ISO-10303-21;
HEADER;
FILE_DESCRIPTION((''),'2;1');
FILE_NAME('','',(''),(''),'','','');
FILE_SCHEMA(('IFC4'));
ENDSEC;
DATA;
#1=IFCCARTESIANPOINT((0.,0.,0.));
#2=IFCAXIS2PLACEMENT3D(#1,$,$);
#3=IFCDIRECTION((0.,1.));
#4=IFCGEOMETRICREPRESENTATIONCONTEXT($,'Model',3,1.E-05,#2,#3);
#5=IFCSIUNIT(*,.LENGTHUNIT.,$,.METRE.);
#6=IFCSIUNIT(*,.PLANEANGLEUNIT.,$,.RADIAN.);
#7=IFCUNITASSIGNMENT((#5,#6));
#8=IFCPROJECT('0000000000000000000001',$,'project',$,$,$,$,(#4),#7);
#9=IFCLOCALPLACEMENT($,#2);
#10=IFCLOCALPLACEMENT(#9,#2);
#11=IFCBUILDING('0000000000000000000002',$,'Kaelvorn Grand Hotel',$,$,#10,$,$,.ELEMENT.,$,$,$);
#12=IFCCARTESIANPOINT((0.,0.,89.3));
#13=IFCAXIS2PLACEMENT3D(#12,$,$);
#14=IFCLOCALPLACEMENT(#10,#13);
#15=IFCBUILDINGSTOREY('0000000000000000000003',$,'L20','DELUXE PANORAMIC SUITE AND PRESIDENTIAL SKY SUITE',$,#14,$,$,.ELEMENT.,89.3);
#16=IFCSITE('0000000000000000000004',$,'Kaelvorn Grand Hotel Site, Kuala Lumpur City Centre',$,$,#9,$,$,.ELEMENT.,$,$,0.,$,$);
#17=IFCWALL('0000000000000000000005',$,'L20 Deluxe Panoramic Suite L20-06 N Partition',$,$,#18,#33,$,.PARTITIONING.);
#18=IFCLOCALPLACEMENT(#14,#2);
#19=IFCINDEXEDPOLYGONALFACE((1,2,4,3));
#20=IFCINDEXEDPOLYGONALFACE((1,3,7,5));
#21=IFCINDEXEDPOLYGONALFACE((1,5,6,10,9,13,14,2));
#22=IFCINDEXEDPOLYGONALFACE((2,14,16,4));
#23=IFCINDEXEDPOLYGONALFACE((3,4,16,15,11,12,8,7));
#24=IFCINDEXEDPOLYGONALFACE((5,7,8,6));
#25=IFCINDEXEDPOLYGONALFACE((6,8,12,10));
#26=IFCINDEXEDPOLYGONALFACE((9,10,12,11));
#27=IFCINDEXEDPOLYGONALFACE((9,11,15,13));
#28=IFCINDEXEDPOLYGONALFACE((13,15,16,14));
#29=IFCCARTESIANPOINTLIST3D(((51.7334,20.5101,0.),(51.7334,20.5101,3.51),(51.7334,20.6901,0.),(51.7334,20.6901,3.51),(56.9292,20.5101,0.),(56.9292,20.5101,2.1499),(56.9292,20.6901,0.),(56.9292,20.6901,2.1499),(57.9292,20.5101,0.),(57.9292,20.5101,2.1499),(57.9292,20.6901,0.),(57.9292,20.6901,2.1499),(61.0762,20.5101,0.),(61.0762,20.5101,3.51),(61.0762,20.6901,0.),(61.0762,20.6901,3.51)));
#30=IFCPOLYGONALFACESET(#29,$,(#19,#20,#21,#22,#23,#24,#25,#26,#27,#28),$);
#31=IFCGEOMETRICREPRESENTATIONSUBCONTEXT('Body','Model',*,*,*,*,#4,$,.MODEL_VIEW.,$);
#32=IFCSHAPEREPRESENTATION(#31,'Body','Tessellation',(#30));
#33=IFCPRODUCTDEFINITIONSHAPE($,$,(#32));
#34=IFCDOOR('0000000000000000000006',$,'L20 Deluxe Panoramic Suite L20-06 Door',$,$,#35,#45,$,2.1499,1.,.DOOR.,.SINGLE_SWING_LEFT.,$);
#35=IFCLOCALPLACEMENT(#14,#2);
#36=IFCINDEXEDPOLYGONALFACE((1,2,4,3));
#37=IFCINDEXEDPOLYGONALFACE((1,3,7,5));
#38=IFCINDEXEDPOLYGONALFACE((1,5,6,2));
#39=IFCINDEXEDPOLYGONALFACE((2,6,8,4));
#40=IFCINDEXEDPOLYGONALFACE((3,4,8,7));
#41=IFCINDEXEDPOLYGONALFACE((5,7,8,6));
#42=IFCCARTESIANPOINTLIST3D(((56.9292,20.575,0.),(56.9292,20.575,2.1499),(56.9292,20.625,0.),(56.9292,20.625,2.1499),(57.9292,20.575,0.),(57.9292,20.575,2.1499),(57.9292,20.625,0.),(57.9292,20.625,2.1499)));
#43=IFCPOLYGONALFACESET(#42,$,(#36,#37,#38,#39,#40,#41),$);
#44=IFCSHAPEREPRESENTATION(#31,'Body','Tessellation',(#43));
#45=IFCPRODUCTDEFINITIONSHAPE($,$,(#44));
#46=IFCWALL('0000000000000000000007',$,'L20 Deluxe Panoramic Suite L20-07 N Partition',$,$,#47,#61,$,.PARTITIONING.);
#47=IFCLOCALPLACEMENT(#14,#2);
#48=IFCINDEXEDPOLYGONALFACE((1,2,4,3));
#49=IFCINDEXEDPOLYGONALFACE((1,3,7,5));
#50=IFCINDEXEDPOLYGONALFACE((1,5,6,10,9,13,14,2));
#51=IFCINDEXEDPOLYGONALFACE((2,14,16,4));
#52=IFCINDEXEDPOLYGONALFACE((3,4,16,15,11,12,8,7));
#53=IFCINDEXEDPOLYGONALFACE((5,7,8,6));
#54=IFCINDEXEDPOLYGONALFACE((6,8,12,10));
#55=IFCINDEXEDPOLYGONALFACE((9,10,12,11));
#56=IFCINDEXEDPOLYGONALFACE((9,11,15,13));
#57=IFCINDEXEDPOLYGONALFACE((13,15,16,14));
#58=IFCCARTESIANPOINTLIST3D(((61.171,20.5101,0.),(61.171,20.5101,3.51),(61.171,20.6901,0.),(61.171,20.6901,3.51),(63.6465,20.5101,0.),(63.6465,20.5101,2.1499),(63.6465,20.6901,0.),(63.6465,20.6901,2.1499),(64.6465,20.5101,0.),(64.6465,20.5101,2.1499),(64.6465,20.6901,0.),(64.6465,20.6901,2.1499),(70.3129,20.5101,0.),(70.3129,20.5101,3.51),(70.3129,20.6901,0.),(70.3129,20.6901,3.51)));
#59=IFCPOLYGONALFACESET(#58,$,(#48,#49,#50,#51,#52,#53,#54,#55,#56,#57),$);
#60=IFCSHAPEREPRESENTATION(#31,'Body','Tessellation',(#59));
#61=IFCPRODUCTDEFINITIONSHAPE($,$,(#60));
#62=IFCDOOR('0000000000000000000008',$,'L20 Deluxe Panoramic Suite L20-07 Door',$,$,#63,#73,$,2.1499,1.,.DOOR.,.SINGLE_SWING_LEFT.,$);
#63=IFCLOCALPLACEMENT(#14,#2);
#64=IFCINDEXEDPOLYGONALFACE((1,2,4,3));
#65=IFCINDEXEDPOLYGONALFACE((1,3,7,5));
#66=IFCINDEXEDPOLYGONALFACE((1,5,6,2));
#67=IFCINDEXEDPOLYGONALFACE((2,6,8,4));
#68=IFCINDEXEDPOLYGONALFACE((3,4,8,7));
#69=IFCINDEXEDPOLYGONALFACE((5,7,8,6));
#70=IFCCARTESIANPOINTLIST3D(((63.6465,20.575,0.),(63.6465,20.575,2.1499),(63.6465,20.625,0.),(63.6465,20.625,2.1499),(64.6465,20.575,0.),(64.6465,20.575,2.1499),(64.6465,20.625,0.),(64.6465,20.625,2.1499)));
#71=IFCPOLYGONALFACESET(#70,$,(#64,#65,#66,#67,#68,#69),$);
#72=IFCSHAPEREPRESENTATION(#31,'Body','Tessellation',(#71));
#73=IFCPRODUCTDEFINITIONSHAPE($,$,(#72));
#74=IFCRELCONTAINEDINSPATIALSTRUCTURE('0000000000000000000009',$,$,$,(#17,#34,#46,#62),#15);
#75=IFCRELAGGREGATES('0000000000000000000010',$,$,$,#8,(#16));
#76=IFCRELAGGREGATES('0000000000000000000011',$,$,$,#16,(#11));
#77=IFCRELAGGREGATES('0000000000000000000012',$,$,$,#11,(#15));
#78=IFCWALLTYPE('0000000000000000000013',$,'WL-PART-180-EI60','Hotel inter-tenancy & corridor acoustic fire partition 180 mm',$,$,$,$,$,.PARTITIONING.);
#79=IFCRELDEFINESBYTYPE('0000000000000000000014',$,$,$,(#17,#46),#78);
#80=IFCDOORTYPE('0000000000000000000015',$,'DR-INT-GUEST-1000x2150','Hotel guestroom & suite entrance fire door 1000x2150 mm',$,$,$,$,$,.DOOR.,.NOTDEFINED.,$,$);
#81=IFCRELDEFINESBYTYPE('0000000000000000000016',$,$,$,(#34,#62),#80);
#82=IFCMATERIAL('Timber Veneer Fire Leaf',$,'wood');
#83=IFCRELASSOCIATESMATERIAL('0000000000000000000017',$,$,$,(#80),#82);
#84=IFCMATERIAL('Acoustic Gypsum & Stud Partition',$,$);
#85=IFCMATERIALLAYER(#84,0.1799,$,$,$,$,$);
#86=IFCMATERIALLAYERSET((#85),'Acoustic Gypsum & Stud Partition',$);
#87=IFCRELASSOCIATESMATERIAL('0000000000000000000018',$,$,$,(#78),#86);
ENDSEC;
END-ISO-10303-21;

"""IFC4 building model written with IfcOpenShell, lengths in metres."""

from ifc_helpers import new_model, si_unit, direction, frame, frame_2d, origin, place, context, subcontext, project, spatial, rectangle, extrude, material, layer, layer_set, type_object, element, fill, save


model = new_model("IFC4")

# Units and contexts
model_context = context("Model", 3, precision=1e-05, world=origin(), true_north=direction((0.0, 1.0)))
body_context = subcontext(model_context, "Body", "Model", "MODEL_VIEW")
ifc_project = project(units=[si_unit("LENGTHUNIT", "METRE"), si_unit("PLANEANGLEUNIT", "RADIAN")], contexts=[model_context])

# Site, building, storey
site_placement = place(None, origin())
site = spatial("IfcSite", under=ifc_project, at=site_placement, Name="Kaelvorn Grand Hotel Site, Kuala Lumpur City Centre", CompositionType="ELEMENT", RefElevation=0.0)
building_placement = place(site_placement, origin())
building = spatial("IfcBuilding", under=site, at=building_placement, Name="Kaelvorn Grand Hotel", CompositionType="ELEMENT")
storey_placement = place(building_placement, frame((0.0, 0.0, 89.3)))
storey = spatial("IfcBuildingStorey", under=building, at=storey_placement, Name="L20", Description="DELUXE PANORAMIC SUITE AND PRESIDENTIAL SKY SUITE", CompositionType="ELEMENT", Elevation=89.3)

# Shared definitions
ifc_material_1 = material(Name="Acoustic Gypsum & Stud Partition")
ifc_material_2 = material(Name="Timber Veneer Fire Leaf", Category="wood")
door_type_1 = type_object("IfcDoorType", Name="DR-INT-GUEST-1000x2150", Description="Hotel guestroom & suite entrance fire door 1000x2150 mm", OperationType="NOTDEFINED", PredefinedType="DOOR", material=ifc_material_2)

# Walls, openings, doors
ifc_layer_1 = layer(ifc_material_1, 0.1799)
ifc_layer_set_1 = layer_set([ifc_layer_1], Name="Acoustic Gypsum & Stud Partition")
wall_type_1 = type_object("IfcWallType", Name="WL-PART-180-EI60", Description="Hotel inter-tenancy & corridor acoustic fire partition 180 mm", PredefinedType="PARTITIONING", material=ifc_layer_set_1)
wall_1_placement = place(storey_placement, frame((51.7334, 20.6001, 0.0), z_axis=(0.0, 0.0, 1.0), x_axis=(1.0, 0.0, 0.0)))
wall_1 = element("IfcWall", 1, at=wall_1_placement, inside=storey, type_object=wall_type_1, Name="L20 Deluxe Panoramic Suite L20-06 N Partition", PredefinedType="PARTITIONING", context=body_context, shape_type="SweptSolid", body=[
    extrude(rectangle(XDim=9.3428, YDim=0.1799, at=frame_2d((4.6714, 0.0))), origin(), (0.0, 0.0, 1.0), 3.51),
])
opening_1_placement = place(wall_1_placement, frame((5.1958, 0.0, 0.0)))
opening_1 = element("IfcOpeningElement", 2, at=opening_1_placement, cuts=wall_1, PredefinedType="OPENING", context=body_context, shape_type="SweptSolid", body=[
    extrude(rectangle(XDim=1.0, YDim=2.1499, at=frame_2d((0.5, 1.075))), frame((0.0, 0.1001, 0.0), z_axis=(0.0, -1.0, 0.0), x_axis=(1.0, 0.0, 0.0)), (0.0, 0.0, 1.0), 0.2),
])
door_1_placement = place(opening_1_placement, origin())
door_1 = element("IfcDoor", 3, at=door_1_placement, inside=storey, type_object=door_type_1, Name="L20 Deluxe Panoramic Suite L20-06 Door", OperationType="SINGLE_SWING_LEFT", OverallHeight=2.1499, OverallWidth=1.0, PredefinedType="DOOR", context=body_context, shape_type="SweptSolid", body=[
    extrude(rectangle(XDim=1.0, YDim=2.1499, at=frame_2d((0.5, 1.075))), frame((0.0, 0.0249, 0.0), z_axis=(0.0, -1.0, 0.0), x_axis=(1.0, 0.0, 0.0)), (0.0, 0.0, 1.0), 0.05),
])
fill(opening_1, door_1)
wall_2_placement = place(storey_placement, frame((61.1711, 20.6001, 0.0), z_axis=(0.0, 0.0, 1.0), x_axis=(1.0, 0.0, 0.0)))
wall_2 = element("IfcWall", 4, at=wall_2_placement, inside=storey, type_object=wall_type_1, Name="L20 Deluxe Panoramic Suite L20-07 N Partition", PredefinedType="PARTITIONING", context=body_context, shape_type="SweptSolid", body=[
    extrude(rectangle(XDim=9.1418, YDim=0.1799, at=frame_2d((4.5708, 0.0))), origin(), (0.0, 0.0, 1.0), 3.51),
])
opening_2_placement = place(wall_2_placement, frame((2.4753, 0.0, 0.0)))
opening_2 = element("IfcOpeningElement", 5, at=opening_2_placement, cuts=wall_2, PredefinedType="OPENING", context=body_context, shape_type="SweptSolid", body=[
    extrude(rectangle(XDim=1.0, YDim=2.1499, at=frame_2d((0.5, 1.075))), frame((0.0, 0.1001, 0.0), z_axis=(0.0, -1.0, 0.0), x_axis=(1.0, 0.0, 0.0)), (0.0, 0.0, 1.0), 0.2),
])
door_2_placement = place(opening_2_placement, origin())
door_2 = element("IfcDoor", 6, at=door_2_placement, inside=storey, type_object=door_type_1, Name="L20 Deluxe Panoramic Suite L20-07 Door", OperationType="SINGLE_SWING_LEFT", OverallHeight=2.1499, OverallWidth=1.0, PredefinedType="DOOR", context=body_context, shape_type="SweptSolid", body=[
    extrude(rectangle(XDim=1.0, YDim=2.1499, at=frame_2d((0.5, 1.075))), frame((0.0, 0.0249, 0.0), z_axis=(0.0, -1.0, 0.0), x_axis=(1.0, 0.0, 0.0)), (0.0, 0.0, 1.0), 0.05),
])
fill(opening_2, door_2)

save(model, "model.ifc")
